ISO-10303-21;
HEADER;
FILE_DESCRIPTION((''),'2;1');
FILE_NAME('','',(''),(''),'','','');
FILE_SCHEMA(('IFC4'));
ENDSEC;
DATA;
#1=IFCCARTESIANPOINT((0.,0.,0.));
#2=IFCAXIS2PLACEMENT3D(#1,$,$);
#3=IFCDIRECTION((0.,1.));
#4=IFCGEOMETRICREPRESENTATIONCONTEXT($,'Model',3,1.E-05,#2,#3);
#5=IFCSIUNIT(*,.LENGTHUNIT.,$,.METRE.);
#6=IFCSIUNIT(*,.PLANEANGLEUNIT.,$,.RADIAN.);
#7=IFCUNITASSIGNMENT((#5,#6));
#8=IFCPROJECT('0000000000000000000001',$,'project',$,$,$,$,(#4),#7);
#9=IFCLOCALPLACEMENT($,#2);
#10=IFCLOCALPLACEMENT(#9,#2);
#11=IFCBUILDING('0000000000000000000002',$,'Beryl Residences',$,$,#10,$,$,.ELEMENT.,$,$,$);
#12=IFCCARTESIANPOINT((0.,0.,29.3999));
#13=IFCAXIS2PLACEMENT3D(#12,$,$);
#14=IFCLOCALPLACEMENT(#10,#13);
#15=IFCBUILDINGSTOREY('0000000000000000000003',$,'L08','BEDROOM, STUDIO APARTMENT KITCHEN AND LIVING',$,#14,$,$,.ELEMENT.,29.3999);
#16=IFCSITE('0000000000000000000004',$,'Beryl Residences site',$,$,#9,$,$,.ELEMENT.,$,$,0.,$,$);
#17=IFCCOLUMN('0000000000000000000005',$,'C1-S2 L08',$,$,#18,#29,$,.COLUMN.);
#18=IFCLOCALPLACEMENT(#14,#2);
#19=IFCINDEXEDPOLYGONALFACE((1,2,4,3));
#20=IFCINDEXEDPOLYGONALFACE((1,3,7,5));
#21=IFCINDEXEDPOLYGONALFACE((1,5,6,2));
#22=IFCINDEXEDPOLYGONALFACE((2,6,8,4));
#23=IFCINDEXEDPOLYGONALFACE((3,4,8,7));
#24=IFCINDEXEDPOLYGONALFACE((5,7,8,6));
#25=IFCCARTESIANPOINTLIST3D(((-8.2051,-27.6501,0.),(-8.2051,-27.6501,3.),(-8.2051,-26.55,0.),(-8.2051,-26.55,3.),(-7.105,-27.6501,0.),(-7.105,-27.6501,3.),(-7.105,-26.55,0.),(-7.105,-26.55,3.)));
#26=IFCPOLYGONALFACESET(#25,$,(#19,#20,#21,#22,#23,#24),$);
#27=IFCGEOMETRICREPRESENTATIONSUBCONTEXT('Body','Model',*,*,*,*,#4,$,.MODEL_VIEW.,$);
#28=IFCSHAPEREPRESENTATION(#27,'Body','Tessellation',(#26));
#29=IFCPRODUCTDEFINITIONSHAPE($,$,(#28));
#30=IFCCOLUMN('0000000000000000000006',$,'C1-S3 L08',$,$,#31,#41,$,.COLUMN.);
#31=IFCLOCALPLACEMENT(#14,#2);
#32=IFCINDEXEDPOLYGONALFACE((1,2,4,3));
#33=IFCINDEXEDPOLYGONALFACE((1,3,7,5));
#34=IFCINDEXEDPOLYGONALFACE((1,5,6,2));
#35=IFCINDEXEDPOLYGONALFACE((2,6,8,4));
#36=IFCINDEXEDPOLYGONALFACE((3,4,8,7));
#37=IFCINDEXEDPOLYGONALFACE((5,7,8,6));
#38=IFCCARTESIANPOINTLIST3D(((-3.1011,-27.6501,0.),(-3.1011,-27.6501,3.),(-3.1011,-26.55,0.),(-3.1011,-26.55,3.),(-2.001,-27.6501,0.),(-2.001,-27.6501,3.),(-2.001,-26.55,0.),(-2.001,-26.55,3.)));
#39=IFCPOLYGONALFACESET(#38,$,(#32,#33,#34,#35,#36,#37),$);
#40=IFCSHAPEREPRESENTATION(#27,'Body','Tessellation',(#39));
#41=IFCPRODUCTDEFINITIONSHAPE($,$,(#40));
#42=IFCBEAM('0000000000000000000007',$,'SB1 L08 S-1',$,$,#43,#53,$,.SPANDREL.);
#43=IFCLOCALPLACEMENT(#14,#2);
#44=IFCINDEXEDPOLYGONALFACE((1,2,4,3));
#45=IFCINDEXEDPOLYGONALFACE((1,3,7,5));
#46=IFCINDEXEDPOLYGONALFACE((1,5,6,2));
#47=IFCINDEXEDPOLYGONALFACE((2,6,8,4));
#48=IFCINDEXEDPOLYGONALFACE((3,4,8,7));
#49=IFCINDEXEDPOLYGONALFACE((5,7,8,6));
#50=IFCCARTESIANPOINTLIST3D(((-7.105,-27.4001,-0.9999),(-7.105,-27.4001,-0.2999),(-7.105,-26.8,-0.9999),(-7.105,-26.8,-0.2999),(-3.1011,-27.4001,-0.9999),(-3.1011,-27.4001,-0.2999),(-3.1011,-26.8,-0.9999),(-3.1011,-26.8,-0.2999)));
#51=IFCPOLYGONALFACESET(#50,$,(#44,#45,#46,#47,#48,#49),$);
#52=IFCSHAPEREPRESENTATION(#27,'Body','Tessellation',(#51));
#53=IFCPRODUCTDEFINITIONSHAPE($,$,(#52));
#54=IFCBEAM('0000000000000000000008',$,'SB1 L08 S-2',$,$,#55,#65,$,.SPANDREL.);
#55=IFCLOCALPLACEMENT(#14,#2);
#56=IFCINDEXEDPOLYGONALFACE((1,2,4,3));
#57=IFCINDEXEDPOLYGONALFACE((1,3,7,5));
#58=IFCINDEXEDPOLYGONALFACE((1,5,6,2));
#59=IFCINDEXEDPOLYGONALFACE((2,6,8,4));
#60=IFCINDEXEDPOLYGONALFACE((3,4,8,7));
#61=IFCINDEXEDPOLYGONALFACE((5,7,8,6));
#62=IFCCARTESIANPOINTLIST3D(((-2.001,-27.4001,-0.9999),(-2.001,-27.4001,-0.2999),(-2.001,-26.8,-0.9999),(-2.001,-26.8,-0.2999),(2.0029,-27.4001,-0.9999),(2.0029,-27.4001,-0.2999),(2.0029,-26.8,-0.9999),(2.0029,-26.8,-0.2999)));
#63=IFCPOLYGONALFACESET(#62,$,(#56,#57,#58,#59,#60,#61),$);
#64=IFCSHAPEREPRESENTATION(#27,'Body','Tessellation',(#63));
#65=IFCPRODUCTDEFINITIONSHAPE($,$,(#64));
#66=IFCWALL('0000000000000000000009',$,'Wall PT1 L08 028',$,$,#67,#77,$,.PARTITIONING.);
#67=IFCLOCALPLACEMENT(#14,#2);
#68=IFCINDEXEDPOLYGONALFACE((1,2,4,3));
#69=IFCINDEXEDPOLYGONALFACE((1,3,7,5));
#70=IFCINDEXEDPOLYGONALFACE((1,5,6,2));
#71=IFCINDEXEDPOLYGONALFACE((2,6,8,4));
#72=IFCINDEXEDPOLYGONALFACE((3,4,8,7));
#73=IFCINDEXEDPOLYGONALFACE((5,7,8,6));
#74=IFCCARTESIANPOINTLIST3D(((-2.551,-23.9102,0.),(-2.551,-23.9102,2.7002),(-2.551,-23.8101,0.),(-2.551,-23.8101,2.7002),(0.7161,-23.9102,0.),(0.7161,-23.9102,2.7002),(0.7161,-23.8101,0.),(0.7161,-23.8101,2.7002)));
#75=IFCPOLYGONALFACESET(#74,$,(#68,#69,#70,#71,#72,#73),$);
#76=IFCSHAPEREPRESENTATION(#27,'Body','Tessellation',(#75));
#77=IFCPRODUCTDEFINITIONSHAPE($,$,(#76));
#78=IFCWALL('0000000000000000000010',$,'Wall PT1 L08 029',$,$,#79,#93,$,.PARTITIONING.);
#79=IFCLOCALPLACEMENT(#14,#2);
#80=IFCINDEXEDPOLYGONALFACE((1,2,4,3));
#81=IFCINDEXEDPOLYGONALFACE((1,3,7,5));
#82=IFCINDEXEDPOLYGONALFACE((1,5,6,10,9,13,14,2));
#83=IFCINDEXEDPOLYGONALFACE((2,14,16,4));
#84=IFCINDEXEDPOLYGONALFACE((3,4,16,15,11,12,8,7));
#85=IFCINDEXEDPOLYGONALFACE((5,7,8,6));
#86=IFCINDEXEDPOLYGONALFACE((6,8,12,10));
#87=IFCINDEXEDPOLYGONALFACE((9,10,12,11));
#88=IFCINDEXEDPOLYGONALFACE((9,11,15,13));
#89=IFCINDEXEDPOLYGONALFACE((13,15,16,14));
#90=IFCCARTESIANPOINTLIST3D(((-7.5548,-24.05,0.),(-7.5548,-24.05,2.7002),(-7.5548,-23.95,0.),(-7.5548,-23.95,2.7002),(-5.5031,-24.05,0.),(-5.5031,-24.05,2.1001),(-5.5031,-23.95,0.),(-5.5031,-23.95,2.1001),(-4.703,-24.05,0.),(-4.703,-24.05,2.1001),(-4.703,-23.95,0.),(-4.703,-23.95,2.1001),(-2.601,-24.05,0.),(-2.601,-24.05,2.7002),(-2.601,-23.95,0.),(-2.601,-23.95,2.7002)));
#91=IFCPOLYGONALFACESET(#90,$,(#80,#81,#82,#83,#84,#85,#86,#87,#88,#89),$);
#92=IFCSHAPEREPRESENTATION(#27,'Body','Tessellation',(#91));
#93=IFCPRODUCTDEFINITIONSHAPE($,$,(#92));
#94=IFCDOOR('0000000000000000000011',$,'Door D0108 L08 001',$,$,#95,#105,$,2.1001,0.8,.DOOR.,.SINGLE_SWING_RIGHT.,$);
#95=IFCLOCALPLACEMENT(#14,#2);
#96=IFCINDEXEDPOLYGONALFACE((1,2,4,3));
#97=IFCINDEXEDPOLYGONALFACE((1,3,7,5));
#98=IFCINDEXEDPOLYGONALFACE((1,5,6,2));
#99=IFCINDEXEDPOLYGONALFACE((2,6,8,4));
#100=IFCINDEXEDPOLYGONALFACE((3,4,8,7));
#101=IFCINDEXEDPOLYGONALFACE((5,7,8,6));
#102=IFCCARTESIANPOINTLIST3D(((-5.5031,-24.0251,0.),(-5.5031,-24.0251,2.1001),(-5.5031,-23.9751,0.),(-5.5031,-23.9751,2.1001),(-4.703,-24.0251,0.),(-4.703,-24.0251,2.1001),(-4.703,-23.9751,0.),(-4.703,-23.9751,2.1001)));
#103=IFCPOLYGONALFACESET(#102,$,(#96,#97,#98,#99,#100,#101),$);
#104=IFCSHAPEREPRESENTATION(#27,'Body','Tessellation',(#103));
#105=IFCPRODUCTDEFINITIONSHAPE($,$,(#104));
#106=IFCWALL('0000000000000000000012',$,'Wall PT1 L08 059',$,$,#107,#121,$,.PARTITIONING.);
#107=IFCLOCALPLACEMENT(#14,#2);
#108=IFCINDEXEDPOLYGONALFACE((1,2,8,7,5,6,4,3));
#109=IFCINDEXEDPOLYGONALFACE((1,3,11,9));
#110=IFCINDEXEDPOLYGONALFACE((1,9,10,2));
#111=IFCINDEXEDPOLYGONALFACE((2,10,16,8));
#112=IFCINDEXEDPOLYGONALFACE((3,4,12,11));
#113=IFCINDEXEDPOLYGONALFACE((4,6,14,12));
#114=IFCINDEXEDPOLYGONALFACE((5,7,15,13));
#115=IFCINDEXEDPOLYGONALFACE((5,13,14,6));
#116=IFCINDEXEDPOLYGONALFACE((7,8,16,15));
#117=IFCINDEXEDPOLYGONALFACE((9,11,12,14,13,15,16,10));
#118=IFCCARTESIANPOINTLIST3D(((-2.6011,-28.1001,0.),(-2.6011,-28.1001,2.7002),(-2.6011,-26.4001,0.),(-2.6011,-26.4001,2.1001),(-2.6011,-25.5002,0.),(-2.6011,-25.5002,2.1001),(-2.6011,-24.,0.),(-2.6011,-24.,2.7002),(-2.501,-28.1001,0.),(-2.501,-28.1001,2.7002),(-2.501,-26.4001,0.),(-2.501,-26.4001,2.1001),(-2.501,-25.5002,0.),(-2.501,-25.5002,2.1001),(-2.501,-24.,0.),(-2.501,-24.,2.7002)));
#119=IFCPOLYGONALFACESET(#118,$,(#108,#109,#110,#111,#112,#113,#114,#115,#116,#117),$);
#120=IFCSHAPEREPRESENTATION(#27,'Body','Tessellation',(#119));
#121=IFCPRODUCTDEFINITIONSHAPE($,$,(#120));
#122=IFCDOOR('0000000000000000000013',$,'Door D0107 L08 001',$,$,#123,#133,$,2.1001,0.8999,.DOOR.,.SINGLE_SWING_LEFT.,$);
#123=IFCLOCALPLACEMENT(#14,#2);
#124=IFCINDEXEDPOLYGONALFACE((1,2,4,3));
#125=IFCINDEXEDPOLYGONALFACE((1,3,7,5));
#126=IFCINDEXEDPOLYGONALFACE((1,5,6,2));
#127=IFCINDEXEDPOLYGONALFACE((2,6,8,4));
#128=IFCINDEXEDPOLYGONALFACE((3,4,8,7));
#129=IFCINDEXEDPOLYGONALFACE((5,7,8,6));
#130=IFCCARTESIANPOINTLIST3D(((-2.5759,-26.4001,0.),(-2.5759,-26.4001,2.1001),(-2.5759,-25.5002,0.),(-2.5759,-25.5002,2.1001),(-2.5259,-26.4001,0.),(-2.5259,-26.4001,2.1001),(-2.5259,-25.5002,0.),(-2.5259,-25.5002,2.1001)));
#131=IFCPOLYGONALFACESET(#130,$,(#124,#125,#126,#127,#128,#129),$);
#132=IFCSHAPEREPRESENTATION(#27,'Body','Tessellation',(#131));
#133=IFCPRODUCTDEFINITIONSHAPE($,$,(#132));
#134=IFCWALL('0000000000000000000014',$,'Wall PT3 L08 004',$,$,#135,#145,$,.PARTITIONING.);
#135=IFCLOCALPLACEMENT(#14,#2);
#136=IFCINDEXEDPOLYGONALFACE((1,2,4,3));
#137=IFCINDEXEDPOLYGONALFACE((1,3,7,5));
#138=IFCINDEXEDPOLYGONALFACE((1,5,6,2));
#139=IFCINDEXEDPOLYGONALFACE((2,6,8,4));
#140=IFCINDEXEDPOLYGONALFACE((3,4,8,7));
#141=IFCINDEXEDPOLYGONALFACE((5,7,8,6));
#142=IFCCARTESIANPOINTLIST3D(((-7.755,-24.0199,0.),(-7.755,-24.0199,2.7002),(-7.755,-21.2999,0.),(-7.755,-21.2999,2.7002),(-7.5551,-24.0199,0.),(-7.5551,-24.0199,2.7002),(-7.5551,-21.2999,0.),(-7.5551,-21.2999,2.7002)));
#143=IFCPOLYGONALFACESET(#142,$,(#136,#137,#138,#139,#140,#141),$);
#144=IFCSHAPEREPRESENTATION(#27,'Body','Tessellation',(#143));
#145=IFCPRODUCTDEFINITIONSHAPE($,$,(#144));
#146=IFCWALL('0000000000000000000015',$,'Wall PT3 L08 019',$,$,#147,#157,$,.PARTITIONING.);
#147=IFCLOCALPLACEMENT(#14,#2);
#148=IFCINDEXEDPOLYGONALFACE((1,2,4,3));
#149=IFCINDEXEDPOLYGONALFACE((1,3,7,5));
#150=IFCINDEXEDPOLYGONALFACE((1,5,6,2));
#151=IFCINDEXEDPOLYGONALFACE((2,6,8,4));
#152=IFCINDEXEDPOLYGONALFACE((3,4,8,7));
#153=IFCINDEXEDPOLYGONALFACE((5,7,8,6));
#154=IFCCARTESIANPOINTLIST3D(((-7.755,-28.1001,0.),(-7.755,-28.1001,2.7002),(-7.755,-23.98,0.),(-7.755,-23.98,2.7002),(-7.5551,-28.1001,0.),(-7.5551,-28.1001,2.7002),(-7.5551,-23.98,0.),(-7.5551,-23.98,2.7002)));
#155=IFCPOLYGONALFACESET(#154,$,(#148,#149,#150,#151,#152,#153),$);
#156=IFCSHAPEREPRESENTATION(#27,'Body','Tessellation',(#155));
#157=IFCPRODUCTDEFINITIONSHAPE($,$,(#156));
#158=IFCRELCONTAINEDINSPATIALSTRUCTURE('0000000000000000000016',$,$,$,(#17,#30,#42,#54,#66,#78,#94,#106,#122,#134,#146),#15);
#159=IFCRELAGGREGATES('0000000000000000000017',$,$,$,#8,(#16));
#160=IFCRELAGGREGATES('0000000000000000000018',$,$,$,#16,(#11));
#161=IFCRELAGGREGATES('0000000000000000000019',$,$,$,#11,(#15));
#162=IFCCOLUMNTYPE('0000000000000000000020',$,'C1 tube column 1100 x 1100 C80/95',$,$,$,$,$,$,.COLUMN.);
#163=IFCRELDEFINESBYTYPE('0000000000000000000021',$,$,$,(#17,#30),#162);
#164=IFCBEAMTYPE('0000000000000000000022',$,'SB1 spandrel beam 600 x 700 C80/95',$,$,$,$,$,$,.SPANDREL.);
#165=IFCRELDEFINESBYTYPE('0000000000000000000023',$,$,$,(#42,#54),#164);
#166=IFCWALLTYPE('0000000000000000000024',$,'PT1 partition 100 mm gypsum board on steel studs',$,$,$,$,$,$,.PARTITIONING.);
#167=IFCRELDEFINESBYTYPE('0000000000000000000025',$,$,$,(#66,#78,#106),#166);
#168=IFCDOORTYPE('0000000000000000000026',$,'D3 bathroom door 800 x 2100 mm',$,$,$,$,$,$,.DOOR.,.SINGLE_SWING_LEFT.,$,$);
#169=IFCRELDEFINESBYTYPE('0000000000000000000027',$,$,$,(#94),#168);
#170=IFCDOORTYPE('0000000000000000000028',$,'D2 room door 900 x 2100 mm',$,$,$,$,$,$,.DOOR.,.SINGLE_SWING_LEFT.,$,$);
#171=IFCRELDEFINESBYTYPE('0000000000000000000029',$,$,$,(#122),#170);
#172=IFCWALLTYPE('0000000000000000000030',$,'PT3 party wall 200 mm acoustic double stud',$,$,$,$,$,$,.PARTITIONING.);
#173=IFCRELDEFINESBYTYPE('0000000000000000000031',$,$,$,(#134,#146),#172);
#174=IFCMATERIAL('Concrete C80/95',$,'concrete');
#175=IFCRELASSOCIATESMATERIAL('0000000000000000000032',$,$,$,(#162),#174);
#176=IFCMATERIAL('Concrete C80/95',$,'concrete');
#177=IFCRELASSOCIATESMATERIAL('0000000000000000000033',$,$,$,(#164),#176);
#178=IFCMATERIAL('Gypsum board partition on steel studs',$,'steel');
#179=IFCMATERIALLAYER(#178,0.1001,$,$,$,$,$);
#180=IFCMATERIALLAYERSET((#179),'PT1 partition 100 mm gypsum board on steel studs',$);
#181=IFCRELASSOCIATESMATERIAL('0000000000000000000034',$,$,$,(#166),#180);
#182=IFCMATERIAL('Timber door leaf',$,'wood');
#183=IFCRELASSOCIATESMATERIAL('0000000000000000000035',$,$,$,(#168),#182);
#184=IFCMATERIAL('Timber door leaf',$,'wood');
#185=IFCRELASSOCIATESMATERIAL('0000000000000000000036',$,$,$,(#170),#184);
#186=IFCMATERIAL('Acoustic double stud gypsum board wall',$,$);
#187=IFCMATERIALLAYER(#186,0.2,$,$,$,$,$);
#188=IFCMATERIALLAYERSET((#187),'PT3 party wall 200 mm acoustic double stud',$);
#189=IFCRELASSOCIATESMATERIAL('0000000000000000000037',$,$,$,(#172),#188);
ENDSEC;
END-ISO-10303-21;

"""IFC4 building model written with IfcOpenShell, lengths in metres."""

from ifc_helpers import new_model, si_unit, direction, frame, frame_2d, origin, origin_2d, place, context, subcontext, project, spatial, rectangle, extrude, material, layer, layer_set, material_profile, profile_set, type_object, element, fill, save


model = new_model("IFC4")

# Units and contexts
model_context = context("Model", 3, precision=1e-05, world=origin(), true_north=direction((0.0, 1.0)))
body_context = subcontext(model_context, "Body", "Model", "MODEL_VIEW")
ifc_project = project(units=[si_unit("LENGTHUNIT", "METRE"), si_unit("PLANEANGLEUNIT", "RADIAN")], contexts=[model_context])

# Site, building, storey
site_placement = place(None, origin())
site = spatial("IfcSite", under=ifc_project, at=site_placement, Name="Beryl Residences site", CompositionType="ELEMENT", RefElevation=0.0)
building_placement = place(site_placement, origin())
building = spatial("IfcBuilding", under=site, at=building_placement, Name="Beryl Residences", CompositionType="ELEMENT")
storey_placement = place(building_placement, frame((0.0, 0.0, 29.3999)))
storey = spatial("IfcBuildingStorey", under=building, at=storey_placement, Name="L08", Description="BEDROOM, STUDIO APARTMENT KITCHEN AND LIVING", CompositionType="ELEMENT", Elevation=29.3999)

# Columns
ifc_material_1 = material(Name="Concrete C80/95", Category="concrete")
ifc_material_profile_1 = material_profile(ifc_material_1, rectangle(XDim=1.1001, YDim=1.1001, at=origin_2d()))
ifc_profile_set_1 = profile_set([ifc_material_profile_1], Name="Concrete C80/95")
column_type = type_object("IfcColumnType", Name="C1 tube column 1100 x 1100 C80/95", PredefinedType="COLUMN", material=ifc_profile_set_1)
for number, where, z_axis, x_axis, name in (
    (1, (-7.655, -27.1001, 0.0), (0.0, 0.0, 1.0), (1.0, 0.0, 0.0), "C1-S2 L08"),
    (2, (-2.551, -27.1001, 0.0), (0.0, 0.0, 1.0), (1.0, 0.0, 0.0), "C1-S3 L08"),
):
    element("IfcColumn", number, at=place(storey_placement, frame(where, z_axis=z_axis, x_axis=x_axis)), inside=storey, type_object=column_type, Name=name, PredefinedType="COLUMN", context=body_context, shape_type="SweptSolid", body=[
        extrude(rectangle(XDim=1.1001, YDim=1.1001, at=origin_2d()), origin(), (0.0, 0.0, 1.0), 3.0),
    ])

# Beams
ifc_material_2 = material(Name="Concrete C80/95", Category="concrete")
ifc_material_profile_2 = material_profile(ifc_material_2, rectangle(XDim=0.6001, YDim=0.7, at=origin_2d()))
ifc_profile_set_2 = profile_set([ifc_material_profile_2], Name="Concrete C80/95")
beam_type = type_object("IfcBeamType", Name="SB1 spandrel beam 600 x 700 C80/95", PredefinedType="SPANDREL", material=ifc_profile_set_2)
for number, where, z_axis, x_axis, name in (
    (3, (-7.105, -27.1001, -0.6499), (1.0, 0.0, 0.0), (0.0, 1.0, 0.0), "SB1 L08 S-1"),
    (4, (-2.001, -27.1001, -0.6499), (1.0, 0.0, 0.0), (0.0, 1.0, 0.0), "SB1 L08 S-2"),
):
    element("IfcBeam", number, at=place(storey_placement, frame(where, z_axis=z_axis, x_axis=x_axis)), inside=storey, type_object=beam_type, Name=name, PredefinedType="SPANDREL", context=body_context, shape_type="SweptSolid", body=[
        extrude(rectangle(XDim=0.6001, YDim=0.7, at=origin_2d()), origin(), (0.0, 0.0, 1.0), 4.0039),
    ])

# Wall
ifc_material_3 = material(Name="Gypsum board partition on steel studs", Category="steel")
ifc_layer_1 = layer(ifc_material_3, 0.1001)
ifc_layer_set_1 = layer_set([ifc_layer_1], Name="PT1 partition 100 mm gypsum board on steel studs")
wall_type_1 = type_object("IfcWallType", Name="PT1 partition 100 mm gypsum board on steel studs", PredefinedType="PARTITIONING", material=ifc_layer_set_1)
wall_1_placement = place(storey_placement, frame((-2.551, -23.8601, 0.0), z_axis=(0.0, 0.0, 1.0), x_axis=(1.0, 0.0, 0.0)))
element("IfcWall", 5, at=wall_1_placement, inside=storey, type_object=wall_type_1, Name="Wall PT1 L08 028", PredefinedType="PARTITIONING", context=body_context, shape_type="SweptSolid", body=[
    extrude(rectangle(XDim=3.2671, YDim=0.1001, at=frame_2d((1.6335, 0.0))), origin(), (0.0, 0.0, 1.0), 2.7002),
])

# Walls, openings, doors
wall_2_placement = place(storey_placement, frame((-7.5549, -24.0, 0.0), z_axis=(0.0, 0.0, 1.0), x_axis=(1.0, 0.0, 0.0)))
wall_2 = element("IfcWall", 6, at=wall_2_placement, inside=storey, type_object=wall_type_1, Name="Wall PT1 L08 029", PredefinedType="PARTITIONING", context=body_context, shape_type="SweptSolid", body=[
    extrude(rectangle(XDim=4.9539, YDim=0.1001, at=frame_2d((2.4771, 0.0))), origin(), (0.0, 0.0, 1.0), 2.7002),
])
opening_1_placement = place(wall_2_placement, frame((2.052, 0.0, 0.0)))
opening_1 = element("IfcOpeningElement", 7, at=opening_1_placement, cuts=wall_2, PredefinedType="OPENING", context=body_context, shape_type="SweptSolid", body=[
    extrude(rectangle(XDim=0.8, YDim=2.1001, at=frame_2d((0.3999, 1.05))), frame((0.0, 0.0601, 0.0), z_axis=(0.0, -1.0, 0.0), x_axis=(1.0, 0.0, 0.0)), (0.0, 0.0, 1.0), 0.1201),
])
ifc_material_4 = material(Name="Timber door leaf", Category="wood")
door_type_1 = type_object("IfcDoorType", Name="D3 bathroom door 800 x 2100 mm", OperationType="SINGLE_SWING_LEFT", PredefinedType="DOOR", material=ifc_material_4)
door_1_placement = place(opening_1_placement, origin())
door_1 = element("IfcDoor", 8, at=door_1_placement, inside=storey, type_object=door_type_1, Name="Door D0108 L08 001", OperationType="SINGLE_SWING_RIGHT", OverallHeight=2.1001, OverallWidth=0.8, PredefinedType="DOOR", context=body_context, shape_type="SweptSolid", body=[
    extrude(rectangle(XDim=0.8, YDim=2.1001, at=frame_2d((0.3999, 1.05))), frame((0.0, 0.0249, 0.0), z_axis=(0.0, -1.0, 0.0), x_axis=(1.0, 0.0, 0.0)), (0.0, 0.0, 1.0), 0.05),
])
fill(opening_1, door_1)
wall_3_placement = place(storey_placement, frame((-2.551, -28.1001, 0.0), z_axis=(0.0, 0.0, 1.0), x_axis=(0.0, 1.0, 0.0)))
wall_3 = element("IfcWall", 9, at=wall_3_placement, inside=storey, type_object=wall_type_1, Name="Wall PT1 L08 059", PredefinedType="PARTITIONING", context=body_context, shape_type="SweptSolid", body=[
    extrude(rectangle(XDim=4.1001, YDim=0.1001, at=frame_2d((2.05, 0.0))), origin(), (0.0, 0.0, 1.0), 2.7002),
])
opening_2_placement = place(wall_3_placement, frame((1.7, 0.0, 0.0)))
opening_2 = element("IfcOpeningElement", 10, at=opening_2_placement, cuts=wall_3, PredefinedType="OPENING", context=body_context, shape_type="SweptSolid", body=[
    extrude(rectangle(XDim=0.8999, YDim=2.1001, at=frame_2d((0.45, 1.05))), frame((0.0, 0.0601, 0.0), z_axis=(0.0, -1.0, 0.0), x_axis=(1.0, 0.0, 0.0)), (0.0, 0.0, 1.0), 0.1201),
])
ifc_material_5 = material(Name="Timber door leaf", Category="wood")
door_type_2 = type_object("IfcDoorType", Name="D2 room door 900 x 2100 mm", OperationType="SINGLE_SWING_LEFT", PredefinedType="DOOR", material=ifc_material_5)
door_2_placement = place(opening_2_placement, origin())
door_2 = element("IfcDoor", 11, at=door_2_placement, inside=storey, type_object=door_type_2, Name="Door D0107 L08 001", OperationType="SINGLE_SWING_LEFT", OverallHeight=2.1001, OverallWidth=0.8999, PredefinedType="DOOR", context=body_context, shape_type="SweptSolid", body=[
    extrude(rectangle(XDim=0.8999, YDim=2.1001, at=frame_2d((0.45, 1.05))), frame((0.0, 0.0249, 0.0), z_axis=(0.0, -1.0, 0.0), x_axis=(1.0, 0.0, 0.0)), (0.0, 0.0, 1.0), 0.05),
])
fill(opening_2, door_2)

# Walls
ifc_material_6 = material(Name="Acoustic double stud gypsum board wall")
ifc_layer_2 = layer(ifc_material_6, 0.2)
ifc_layer_set_2 = layer_set([ifc_layer_2], Name="PT3 party wall 200 mm acoustic double stud")
wall_type_2 = type_object("IfcWallType", Name="PT3 party wall 200 mm acoustic double stud", PredefinedType="PARTITIONING", material=ifc_layer_set_2)
wall_4_placement = place(storey_placement, frame((-7.655, -21.3, 0.0), z_axis=(0.0, 0.0, 1.0), x_axis=(0.0, -1.0, 0.0)))
element("IfcWall", 12, at=wall_4_placement, inside=storey, type_object=wall_type_2, Name="Wall PT3 L08 004", PredefinedType="PARTITIONING", context=body_context, shape_type="SweptSolid", body=[
    extrude(rectangle(XDim=2.72, YDim=0.2, at=frame_2d((1.3599, 0.0))), origin(), (0.0, 0.0, 1.0), 2.7002),
])
wall_5_placement = place(storey_placement, frame((-7.655, -28.1001, 0.0), z_axis=(0.0, 0.0, 1.0), x_axis=(0.0, 1.0, 0.0)))
element("IfcWall", 13, at=wall_5_placement, inside=storey, type_object=wall_type_2, Name="Wall PT3 L08 019", PredefinedType="PARTITIONING", context=body_context, shape_type="SweptSolid", body=[
    extrude(rectangle(XDim=4.1201, YDim=0.2, at=frame_2d((2.0601, 0.0))), origin(), (0.0, 0.0, 1.0), 2.7002),
])

save(model, "model.ifc")
